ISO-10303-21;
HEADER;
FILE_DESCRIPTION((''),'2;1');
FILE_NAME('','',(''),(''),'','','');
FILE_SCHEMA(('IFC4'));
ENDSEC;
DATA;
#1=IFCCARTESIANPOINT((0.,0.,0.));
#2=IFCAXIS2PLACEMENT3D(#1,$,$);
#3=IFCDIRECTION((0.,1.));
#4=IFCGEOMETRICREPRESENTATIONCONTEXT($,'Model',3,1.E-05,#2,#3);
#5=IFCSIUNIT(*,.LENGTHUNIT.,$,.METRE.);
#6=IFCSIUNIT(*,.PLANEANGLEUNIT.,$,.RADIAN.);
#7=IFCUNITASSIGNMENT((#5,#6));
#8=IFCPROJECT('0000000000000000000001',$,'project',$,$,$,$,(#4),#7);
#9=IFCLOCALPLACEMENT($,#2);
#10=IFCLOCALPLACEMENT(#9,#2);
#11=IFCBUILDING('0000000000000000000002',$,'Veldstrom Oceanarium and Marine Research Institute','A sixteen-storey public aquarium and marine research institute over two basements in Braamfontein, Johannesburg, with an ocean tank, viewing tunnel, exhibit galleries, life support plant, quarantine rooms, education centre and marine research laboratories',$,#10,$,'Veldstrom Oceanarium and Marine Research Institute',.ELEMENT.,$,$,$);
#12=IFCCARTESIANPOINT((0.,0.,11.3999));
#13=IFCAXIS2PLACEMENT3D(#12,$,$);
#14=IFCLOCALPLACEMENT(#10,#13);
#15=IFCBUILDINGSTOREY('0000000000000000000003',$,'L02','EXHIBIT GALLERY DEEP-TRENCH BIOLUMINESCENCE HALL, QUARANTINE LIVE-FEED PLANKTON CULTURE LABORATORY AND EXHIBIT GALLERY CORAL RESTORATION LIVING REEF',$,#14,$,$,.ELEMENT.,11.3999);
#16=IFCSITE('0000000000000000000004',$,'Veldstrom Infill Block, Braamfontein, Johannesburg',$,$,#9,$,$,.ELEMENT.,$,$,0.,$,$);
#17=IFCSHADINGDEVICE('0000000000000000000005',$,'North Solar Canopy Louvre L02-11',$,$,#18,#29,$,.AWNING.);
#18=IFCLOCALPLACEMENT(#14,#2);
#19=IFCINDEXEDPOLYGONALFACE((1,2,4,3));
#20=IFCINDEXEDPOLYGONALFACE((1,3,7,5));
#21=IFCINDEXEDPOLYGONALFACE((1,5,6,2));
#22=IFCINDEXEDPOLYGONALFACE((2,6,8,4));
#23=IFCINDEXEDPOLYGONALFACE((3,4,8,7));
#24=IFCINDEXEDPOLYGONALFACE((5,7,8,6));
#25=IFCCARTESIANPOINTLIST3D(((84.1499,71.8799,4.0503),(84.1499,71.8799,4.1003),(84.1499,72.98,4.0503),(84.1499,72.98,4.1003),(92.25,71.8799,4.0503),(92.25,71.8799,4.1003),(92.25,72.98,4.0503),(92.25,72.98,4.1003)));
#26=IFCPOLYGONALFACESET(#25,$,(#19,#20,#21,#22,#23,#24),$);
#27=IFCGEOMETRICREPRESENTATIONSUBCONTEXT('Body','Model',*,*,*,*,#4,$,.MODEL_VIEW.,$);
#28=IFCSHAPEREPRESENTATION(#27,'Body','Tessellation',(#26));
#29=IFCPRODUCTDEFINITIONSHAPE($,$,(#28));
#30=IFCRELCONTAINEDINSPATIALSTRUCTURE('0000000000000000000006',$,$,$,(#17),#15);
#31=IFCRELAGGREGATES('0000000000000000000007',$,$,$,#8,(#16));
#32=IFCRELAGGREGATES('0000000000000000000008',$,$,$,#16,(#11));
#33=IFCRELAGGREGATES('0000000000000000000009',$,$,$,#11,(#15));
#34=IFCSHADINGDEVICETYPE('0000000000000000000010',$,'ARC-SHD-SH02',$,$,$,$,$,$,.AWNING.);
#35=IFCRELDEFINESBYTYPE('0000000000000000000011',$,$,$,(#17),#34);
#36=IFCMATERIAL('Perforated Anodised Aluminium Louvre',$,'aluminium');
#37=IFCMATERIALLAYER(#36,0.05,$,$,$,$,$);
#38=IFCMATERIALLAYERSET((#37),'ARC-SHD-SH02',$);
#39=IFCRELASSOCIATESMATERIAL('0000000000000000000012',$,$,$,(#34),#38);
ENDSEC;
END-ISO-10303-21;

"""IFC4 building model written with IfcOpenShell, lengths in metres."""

from ifc_helpers import new_model, si_unit, direction, frame, origin, origin_2d, place, context, subcontext, project, spatial, rectangle, extrude, material, layer, layer_set, type_object, element, save


model = new_model("IFC4")

# Units and contexts
model_context = context("Model", 3, precision=1e-05, world=origin(), true_north=direction((0.0, 1.0)))
body_context = subcontext(model_context, "Body", "Model", "MODEL_VIEW")
ifc_project = project(units=[si_unit("LENGTHUNIT", "METRE"), si_unit("PLANEANGLEUNIT", "RADIAN")], contexts=[model_context])

# Site, building, storey
site_placement = place(None, origin())
site = spatial("IfcSite", under=ifc_project, at=site_placement, Name="Veldstrom Infill Block, Braamfontein, Johannesburg", CompositionType="ELEMENT", RefElevation=0.0)
building_placement = place(site_placement, origin())
building = spatial("IfcBuilding", under=site, at=building_placement, Name="Veldstrom Oceanarium and Marine Research Institute", Description="A sixteen-storey public aquarium and marine research institute over two basements in Braamfontein, Johannesburg, with an ocean tank, viewing tunnel, exhibit galleries, life support plant, quarantine rooms, education centre and marine research laboratories", LongName="Veldstrom Oceanarium and Marine Research Institute", CompositionType="ELEMENT")
storey_placement = place(building_placement, frame((0.0, 0.0, 11.3999)))
storey = spatial("IfcBuildingStorey", under=building, at=storey_placement, Name="L02", Description="EXHIBIT GALLERY DEEP-TRENCH BIOLUMINESCENCE HALL, QUARANTINE LIVE-FEED PLANKTON CULTURE LABORATORY AND EXHIBIT GALLERY CORAL RESTORATION LIVING REEF", CompositionType="ELEMENT", Elevation=11.3999)

# Shading device
ifc_material_1 = material(Name="Perforated Anodised Aluminium Louvre", Category="aluminium")
ifc_layer_1 = layer(ifc_material_1, 0.05)
ifc_layer_set_1 = layer_set([ifc_layer_1], Name="ARC-SHD-SH02")
shading_device_type = type_object("IfcShadingDeviceType", Name="ARC-SHD-SH02", PredefinedType="AWNING", material=ifc_layer_set_1)
shading_device_placement = place(storey_placement, frame((88.2, 72.4299, 4.0503), z_axis=(0.0, 0.0, 1.0), x_axis=(1.0, 0.0, 0.0)))
element("IfcShadingDevice", 1, at=shading_device_placement, inside=storey, type_object=shading_device_type, Name="North Solar Canopy Louvre L02-11", PredefinedType="AWNING", context=body_context, shape_type="SweptSolid", body=[
    extrude(rectangle(XDim=8.1001, YDim=1.1001, at=origin_2d()), origin(), (0.0, 0.0, 1.0), 0.05),
])

save(model, "model.ifc")
